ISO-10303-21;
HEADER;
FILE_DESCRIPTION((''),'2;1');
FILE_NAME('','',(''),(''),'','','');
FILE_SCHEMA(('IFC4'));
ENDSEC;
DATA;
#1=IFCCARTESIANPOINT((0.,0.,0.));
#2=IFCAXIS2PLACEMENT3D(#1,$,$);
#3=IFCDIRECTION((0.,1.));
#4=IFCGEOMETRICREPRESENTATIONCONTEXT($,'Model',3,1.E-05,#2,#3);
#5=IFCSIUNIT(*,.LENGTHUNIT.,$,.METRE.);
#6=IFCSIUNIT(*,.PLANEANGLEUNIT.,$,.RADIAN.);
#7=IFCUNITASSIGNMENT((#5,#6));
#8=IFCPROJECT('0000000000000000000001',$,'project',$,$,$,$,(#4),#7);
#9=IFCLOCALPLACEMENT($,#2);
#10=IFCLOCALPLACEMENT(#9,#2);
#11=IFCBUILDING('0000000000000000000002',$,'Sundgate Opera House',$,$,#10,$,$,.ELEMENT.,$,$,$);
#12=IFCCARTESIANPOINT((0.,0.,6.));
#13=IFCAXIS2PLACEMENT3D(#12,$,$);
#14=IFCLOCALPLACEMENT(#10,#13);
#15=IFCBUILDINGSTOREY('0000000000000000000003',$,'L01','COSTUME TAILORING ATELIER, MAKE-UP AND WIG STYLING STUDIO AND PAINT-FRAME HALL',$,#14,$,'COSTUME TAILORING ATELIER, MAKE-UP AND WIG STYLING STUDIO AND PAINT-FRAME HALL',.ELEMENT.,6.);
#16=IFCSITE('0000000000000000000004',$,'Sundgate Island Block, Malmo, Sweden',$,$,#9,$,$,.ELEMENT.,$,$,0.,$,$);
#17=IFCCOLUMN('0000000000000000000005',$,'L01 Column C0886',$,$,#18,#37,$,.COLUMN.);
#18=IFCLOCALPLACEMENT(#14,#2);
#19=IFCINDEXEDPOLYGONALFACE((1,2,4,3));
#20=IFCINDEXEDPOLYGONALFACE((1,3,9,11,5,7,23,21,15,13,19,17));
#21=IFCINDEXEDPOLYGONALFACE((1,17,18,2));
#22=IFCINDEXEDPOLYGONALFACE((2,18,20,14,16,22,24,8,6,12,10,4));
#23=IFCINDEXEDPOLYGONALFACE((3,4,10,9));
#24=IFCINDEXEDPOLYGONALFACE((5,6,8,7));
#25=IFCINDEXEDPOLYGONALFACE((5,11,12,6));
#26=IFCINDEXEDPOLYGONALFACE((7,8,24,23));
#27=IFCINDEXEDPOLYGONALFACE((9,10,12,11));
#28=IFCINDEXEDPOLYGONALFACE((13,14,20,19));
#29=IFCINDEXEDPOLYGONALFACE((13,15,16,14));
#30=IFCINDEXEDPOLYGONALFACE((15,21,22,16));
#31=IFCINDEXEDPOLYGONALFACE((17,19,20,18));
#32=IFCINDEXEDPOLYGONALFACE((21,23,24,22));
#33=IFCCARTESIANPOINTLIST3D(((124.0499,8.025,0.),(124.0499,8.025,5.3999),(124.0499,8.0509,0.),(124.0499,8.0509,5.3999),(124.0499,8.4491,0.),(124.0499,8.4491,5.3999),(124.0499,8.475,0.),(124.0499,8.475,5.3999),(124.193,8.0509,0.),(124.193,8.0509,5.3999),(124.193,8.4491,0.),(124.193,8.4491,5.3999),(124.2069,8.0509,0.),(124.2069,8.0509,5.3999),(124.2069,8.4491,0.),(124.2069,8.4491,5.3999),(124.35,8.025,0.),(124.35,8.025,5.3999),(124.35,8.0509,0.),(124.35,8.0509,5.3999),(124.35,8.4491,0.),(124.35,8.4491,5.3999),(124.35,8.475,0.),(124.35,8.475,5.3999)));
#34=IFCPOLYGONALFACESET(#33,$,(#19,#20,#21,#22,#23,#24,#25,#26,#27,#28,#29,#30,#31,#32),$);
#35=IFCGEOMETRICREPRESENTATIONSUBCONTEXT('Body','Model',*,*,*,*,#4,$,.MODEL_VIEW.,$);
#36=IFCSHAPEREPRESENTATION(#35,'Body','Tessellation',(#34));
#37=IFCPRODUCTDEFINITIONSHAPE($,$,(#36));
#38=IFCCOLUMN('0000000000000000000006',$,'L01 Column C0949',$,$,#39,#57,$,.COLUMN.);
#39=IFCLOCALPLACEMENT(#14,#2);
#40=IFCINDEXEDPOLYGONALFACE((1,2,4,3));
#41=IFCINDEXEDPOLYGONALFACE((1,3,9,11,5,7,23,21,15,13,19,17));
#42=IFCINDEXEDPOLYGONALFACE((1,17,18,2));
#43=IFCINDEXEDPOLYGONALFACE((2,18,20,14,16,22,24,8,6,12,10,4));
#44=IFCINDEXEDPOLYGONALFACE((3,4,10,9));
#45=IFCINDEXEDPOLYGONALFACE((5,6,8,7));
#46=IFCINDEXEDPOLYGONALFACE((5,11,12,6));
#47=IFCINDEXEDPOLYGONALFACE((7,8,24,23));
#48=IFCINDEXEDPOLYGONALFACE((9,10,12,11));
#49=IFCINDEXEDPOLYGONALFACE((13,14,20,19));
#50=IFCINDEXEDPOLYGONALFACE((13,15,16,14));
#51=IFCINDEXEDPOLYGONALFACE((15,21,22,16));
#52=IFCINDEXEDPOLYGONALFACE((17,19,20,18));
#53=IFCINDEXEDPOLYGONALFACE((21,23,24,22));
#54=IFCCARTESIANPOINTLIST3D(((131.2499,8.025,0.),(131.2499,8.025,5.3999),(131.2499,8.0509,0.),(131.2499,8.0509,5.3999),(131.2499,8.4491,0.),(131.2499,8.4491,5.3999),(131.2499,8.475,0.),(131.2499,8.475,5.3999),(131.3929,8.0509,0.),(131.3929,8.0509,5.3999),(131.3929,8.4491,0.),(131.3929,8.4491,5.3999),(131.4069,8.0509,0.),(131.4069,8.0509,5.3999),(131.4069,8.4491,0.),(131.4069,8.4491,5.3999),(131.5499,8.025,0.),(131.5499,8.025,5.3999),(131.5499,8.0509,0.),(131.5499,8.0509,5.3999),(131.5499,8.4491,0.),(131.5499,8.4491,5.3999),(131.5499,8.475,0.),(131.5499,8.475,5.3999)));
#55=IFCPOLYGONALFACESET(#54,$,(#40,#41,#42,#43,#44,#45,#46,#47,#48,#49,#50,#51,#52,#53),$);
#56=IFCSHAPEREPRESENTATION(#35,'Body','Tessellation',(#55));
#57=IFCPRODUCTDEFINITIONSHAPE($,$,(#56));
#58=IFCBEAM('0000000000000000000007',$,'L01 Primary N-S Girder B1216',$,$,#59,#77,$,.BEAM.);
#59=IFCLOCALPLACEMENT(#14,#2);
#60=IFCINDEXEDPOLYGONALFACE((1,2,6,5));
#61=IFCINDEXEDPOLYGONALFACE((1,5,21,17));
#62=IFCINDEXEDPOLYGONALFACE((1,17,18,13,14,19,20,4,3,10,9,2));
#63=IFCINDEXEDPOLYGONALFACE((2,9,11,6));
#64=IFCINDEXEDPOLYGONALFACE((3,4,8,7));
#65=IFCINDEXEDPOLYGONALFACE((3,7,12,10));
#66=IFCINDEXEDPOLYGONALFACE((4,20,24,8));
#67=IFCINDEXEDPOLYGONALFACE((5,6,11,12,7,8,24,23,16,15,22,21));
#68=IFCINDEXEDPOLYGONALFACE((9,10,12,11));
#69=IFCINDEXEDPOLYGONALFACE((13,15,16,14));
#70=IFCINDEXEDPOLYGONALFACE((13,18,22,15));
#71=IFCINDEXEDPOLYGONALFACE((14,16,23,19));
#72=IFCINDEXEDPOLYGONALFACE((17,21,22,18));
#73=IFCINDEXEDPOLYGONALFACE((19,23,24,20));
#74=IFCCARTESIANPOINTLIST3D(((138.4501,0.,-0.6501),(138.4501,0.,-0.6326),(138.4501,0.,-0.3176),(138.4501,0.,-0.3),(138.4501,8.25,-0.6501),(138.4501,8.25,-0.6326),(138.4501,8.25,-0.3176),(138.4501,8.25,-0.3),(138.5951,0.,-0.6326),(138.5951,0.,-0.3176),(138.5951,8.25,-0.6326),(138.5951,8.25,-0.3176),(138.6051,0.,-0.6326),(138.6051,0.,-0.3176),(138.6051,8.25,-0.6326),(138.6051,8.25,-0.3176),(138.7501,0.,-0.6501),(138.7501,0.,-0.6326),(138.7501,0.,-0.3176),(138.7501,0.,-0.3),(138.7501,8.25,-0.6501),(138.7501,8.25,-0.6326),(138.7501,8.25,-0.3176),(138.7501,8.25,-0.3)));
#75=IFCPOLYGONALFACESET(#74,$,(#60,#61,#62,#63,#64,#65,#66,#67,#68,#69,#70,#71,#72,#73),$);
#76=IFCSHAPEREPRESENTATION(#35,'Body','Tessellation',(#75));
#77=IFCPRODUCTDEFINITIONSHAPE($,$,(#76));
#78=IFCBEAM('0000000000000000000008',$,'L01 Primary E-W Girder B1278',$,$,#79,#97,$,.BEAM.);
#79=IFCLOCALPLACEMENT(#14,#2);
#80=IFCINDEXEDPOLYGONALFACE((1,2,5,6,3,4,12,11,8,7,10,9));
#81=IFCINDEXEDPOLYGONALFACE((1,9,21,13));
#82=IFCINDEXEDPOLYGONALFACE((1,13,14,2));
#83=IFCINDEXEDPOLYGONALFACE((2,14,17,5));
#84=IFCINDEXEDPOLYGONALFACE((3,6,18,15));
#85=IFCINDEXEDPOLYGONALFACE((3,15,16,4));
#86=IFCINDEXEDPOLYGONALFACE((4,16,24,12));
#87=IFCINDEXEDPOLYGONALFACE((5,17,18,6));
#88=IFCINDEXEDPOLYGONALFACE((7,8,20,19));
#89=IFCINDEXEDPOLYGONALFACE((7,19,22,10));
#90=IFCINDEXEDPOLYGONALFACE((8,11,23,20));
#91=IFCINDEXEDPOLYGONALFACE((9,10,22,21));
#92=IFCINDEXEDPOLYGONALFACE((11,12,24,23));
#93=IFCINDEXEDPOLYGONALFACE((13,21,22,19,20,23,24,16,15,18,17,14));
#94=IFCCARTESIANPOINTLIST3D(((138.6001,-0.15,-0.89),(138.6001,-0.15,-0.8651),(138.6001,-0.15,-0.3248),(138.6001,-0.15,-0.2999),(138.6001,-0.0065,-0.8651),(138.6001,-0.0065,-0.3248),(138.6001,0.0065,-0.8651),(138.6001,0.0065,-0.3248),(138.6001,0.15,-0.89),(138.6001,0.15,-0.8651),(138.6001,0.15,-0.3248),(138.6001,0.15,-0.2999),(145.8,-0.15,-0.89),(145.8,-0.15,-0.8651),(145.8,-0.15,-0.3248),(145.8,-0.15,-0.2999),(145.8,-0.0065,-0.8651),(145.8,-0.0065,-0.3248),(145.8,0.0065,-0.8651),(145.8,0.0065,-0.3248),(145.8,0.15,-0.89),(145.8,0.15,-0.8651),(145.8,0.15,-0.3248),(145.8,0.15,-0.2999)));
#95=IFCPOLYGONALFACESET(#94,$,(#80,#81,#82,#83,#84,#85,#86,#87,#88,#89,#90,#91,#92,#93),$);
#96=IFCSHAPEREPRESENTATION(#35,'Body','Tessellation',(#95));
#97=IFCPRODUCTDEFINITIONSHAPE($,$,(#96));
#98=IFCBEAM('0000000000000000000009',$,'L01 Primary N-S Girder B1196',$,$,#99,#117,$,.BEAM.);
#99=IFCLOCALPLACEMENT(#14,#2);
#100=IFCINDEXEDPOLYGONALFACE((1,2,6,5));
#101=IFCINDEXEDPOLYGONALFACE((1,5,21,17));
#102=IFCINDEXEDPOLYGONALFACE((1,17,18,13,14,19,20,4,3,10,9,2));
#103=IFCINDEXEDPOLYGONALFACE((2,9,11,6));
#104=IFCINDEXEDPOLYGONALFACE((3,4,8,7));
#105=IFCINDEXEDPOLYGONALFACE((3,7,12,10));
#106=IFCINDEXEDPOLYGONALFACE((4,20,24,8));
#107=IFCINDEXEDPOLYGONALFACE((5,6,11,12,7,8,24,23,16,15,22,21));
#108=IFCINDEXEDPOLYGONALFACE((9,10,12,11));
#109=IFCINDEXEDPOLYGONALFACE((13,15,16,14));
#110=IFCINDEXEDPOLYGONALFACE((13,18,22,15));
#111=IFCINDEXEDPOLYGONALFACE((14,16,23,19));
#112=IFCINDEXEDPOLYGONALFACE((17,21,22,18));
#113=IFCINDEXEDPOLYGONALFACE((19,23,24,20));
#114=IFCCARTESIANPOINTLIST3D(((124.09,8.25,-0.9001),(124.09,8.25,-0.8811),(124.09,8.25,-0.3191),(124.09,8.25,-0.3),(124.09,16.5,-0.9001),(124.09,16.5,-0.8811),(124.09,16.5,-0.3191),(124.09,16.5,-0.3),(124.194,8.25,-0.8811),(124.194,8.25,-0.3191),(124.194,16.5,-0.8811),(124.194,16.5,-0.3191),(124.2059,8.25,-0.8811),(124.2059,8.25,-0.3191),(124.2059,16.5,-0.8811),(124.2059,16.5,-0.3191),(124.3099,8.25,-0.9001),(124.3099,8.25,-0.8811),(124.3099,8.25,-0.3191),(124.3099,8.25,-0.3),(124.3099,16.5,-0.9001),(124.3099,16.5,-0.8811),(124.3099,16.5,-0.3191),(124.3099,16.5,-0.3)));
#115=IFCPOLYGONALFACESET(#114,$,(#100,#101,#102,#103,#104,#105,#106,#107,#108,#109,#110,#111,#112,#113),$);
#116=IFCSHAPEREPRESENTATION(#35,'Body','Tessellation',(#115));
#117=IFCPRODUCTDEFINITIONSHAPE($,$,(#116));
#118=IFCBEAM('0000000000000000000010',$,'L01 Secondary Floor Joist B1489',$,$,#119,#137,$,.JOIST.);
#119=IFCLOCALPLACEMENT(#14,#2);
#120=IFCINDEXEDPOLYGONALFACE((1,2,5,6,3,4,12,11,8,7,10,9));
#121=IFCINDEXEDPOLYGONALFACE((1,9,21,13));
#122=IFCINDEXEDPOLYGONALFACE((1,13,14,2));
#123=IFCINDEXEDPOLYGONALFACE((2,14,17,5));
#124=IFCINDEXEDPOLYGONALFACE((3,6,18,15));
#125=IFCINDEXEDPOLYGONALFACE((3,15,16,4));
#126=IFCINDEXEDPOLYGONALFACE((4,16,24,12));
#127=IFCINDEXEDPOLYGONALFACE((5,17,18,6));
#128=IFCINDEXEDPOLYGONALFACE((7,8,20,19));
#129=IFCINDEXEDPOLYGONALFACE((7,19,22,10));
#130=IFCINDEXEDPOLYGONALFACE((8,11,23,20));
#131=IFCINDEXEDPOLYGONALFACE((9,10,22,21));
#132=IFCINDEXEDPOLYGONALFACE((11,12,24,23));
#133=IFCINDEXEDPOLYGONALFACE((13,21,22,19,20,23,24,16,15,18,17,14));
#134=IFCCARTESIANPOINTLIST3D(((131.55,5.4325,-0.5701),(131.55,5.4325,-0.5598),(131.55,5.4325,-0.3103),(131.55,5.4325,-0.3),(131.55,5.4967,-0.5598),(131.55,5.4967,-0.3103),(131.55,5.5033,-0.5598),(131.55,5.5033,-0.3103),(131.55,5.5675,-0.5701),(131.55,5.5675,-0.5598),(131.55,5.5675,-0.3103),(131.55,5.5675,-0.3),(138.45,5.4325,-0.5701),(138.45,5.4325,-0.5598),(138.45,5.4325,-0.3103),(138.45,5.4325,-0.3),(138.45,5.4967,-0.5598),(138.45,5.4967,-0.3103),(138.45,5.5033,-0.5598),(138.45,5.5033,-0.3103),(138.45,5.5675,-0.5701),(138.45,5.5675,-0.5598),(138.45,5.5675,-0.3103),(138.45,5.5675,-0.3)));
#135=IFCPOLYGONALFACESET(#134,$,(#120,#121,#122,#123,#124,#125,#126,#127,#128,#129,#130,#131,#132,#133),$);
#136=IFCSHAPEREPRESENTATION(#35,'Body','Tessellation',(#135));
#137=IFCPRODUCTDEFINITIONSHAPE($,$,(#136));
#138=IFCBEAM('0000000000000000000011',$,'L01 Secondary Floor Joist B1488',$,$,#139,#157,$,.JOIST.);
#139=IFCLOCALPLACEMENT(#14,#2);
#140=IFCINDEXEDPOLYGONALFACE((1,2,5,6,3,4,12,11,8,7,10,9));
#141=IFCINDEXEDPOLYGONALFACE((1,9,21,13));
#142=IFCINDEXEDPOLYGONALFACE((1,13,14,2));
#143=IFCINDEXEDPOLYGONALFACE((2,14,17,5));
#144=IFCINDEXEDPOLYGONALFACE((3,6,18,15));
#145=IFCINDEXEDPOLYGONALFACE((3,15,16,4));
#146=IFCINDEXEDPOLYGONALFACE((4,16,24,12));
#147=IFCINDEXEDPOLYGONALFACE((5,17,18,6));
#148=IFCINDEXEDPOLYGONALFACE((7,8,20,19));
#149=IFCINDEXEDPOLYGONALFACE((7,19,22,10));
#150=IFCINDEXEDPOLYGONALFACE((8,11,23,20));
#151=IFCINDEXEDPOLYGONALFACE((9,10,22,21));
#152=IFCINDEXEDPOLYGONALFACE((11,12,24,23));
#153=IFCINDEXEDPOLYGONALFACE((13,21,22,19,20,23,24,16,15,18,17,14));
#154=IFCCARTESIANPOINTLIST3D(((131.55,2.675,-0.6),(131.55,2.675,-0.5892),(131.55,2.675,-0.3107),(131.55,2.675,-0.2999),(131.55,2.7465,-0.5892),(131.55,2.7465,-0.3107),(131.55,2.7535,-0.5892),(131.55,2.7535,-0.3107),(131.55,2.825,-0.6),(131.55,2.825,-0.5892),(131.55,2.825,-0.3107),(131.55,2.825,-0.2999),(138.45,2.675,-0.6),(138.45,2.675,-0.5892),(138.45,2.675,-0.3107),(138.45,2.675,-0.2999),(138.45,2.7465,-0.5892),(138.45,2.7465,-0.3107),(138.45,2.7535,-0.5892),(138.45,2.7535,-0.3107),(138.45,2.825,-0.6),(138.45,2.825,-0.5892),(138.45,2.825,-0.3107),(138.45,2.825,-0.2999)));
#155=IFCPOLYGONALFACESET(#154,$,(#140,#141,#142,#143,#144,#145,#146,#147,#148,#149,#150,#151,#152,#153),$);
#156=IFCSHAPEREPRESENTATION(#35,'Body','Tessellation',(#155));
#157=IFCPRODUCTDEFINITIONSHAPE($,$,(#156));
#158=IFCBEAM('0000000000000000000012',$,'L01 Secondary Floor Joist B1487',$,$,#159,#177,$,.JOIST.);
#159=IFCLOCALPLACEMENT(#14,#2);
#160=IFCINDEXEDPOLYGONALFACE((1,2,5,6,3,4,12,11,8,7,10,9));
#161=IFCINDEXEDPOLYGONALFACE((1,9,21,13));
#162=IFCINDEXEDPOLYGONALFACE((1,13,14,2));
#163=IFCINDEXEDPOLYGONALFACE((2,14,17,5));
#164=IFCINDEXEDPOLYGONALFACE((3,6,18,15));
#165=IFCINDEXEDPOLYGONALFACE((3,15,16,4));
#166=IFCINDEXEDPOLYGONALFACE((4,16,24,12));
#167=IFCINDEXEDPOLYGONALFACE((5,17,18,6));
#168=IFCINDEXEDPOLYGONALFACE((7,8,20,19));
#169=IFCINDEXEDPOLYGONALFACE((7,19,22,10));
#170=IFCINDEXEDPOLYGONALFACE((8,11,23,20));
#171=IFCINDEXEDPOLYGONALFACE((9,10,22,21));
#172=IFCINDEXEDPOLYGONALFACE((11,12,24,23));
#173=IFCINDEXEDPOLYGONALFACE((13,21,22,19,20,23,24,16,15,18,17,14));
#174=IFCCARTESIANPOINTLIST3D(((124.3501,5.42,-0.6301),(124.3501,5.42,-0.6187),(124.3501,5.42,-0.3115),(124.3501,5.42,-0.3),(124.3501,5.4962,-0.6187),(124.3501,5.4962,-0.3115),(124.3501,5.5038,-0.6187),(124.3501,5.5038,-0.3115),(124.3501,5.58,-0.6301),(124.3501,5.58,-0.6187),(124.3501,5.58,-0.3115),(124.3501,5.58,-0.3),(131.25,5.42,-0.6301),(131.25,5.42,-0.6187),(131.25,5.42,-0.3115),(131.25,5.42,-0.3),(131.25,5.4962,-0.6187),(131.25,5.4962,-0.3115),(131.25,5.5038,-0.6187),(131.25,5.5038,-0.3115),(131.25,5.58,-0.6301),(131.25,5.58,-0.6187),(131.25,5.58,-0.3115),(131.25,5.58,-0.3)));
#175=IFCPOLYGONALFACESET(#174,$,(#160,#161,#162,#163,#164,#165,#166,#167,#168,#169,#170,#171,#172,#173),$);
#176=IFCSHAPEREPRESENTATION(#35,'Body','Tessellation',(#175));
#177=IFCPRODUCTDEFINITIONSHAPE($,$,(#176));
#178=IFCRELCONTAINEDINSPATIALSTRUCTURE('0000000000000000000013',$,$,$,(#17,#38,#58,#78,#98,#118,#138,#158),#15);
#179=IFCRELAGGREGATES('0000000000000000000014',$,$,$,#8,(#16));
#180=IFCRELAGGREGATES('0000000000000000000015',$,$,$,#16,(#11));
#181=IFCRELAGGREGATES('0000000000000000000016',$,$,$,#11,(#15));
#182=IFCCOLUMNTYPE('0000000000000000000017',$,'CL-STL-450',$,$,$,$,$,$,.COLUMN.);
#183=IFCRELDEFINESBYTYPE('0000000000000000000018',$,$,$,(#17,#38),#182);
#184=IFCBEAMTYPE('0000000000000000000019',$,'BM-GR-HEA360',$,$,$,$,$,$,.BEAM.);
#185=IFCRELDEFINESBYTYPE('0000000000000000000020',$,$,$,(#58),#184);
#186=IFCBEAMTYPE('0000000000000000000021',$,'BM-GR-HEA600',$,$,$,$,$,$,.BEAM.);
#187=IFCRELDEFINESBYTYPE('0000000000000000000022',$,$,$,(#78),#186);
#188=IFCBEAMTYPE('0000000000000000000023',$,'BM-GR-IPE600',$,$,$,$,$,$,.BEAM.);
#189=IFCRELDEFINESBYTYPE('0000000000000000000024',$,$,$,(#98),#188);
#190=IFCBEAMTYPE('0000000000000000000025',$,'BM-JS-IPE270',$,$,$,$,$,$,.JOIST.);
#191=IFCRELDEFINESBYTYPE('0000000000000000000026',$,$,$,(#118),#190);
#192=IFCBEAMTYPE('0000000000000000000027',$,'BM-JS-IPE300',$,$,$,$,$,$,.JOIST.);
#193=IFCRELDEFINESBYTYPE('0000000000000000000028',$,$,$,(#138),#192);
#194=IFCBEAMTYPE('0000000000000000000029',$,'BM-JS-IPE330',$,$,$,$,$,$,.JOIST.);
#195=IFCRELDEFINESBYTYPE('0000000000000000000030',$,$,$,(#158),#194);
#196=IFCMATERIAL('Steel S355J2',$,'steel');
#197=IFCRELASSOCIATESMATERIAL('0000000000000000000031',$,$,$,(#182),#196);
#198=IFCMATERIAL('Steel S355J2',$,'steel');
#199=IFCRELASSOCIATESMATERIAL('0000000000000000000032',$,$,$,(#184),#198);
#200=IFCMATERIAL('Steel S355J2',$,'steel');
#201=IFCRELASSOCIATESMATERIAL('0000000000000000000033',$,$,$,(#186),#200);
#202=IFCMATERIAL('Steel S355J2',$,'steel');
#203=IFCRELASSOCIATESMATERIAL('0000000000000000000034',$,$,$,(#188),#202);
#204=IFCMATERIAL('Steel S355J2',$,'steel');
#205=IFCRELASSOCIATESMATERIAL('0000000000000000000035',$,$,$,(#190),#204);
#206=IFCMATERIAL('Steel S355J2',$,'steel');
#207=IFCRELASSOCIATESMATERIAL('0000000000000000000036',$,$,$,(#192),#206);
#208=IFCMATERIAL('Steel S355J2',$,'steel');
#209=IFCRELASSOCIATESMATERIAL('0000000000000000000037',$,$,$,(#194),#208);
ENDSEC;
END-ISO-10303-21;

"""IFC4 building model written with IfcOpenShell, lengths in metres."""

from ifc_helpers import new_model, si_unit, direction, frame, origin, origin_2d, place, context, subcontext, project, spatial, i_section, extrude, material, material_profile, profile_set, type_object, element, save


model = new_model("IFC4")

# Units and contexts
model_context = context("Model", 3, precision=1e-05, world=origin(), true_north=direction((0.0, 1.0)))
body_context = subcontext(model_context, "Body", "Model", "MODEL_VIEW")
ifc_project = project(units=[si_unit("LENGTHUNIT", "METRE"), si_unit("PLANEANGLEUNIT", "RADIAN")], contexts=[model_context])

# Site, building, storey
site_placement = place(None, origin())
site = spatial("IfcSite", under=ifc_project, at=site_placement, Name="Sundgate Island Block, Malmo, Sweden", CompositionType="ELEMENT", RefElevation=0.0)
building_placement = place(site_placement, origin())
building = spatial("IfcBuilding", under=site, at=building_placement, Name="Sundgate Opera House", CompositionType="ELEMENT")
storey_placement = place(building_placement, frame((0.0, 0.0, 6.0)))
storey = spatial("IfcBuildingStorey", under=building, at=storey_placement, Name="L01", Description="COSTUME TAILORING ATELIER, MAKE-UP AND WIG STYLING STUDIO AND PAINT-FRAME HALL", LongName="COSTUME TAILORING ATELIER, MAKE-UP AND WIG STYLING STUDIO AND PAINT-FRAME HALL", CompositionType="ELEMENT", Elevation=6.0)

# Columns
ifc_material_1 = material(Name="Steel S355J2", Category="steel")
ifc_material_profile_1 = material_profile(ifc_material_1, i_section(OverallWidth=0.3, OverallDepth=0.45, WebThickness=0.0139, FlangeThickness=0.0259, at=origin_2d()), Name="HEB 450")
ifc_profile_set_1 = profile_set([ifc_material_profile_1], Name="Steel S355J2")
column_type = type_object("IfcColumnType", Name="CL-STL-450", PredefinedType="COLUMN", material=ifc_profile_set_1)
for number, where, z_axis, x_axis, name in (
    (1, (124.2, 8.25, 0.0), (0.0, 0.0, 1.0), (1.0, 0.0, 0.0), "L01 Column C0886"),
    (2, (131.3999, 8.25, 0.0), (0.0, 0.0, 1.0), (1.0, 0.0, 0.0), "L01 Column C0949"),
):
    element("IfcColumn", number, at=place(storey_placement, frame(where, z_axis=z_axis, x_axis=x_axis)), inside=storey, type_object=column_type, Name=name, PredefinedType="COLUMN", context=body_context, shape_type="SweptSolid", body=[
        extrude(i_section(OverallWidth=0.3, OverallDepth=0.45, WebThickness=0.0139, FlangeThickness=0.0259, at=origin_2d()), origin(), (0.0, 0.0, 1.0), 5.3999),
    ])

# Beams
ifc_material_2 = material(Name="Steel S355J2", Category="steel")
ifc_material_profile_2 = material_profile(ifc_material_2, i_section(OverallWidth=0.3, OverallDepth=0.3501, WebThickness=0.01, FlangeThickness=0.0176, at=origin_2d()), Name="HEA 360")
ifc_profile_set_2 = profile_set([ifc_material_profile_2], Name="Steel S355J2")
beam_type_1 = type_object("IfcBeamType", Name="BM-GR-HEA360", PredefinedType="BEAM", material=ifc_profile_set_2)
beam_1_placement = place(storey_placement, frame((138.6001, 0.0, -0.4751), z_axis=(0.0, 1.0, 0.0), x_axis=(-1.0, 0.0, 0.0)))
element("IfcBeam", 3, at=beam_1_placement, inside=storey, type_object=beam_type_1, Name="L01 Primary N-S Girder B1216", PredefinedType="BEAM", context=body_context, shape_type="SweptSolid", body=[
    extrude(i_section(OverallWidth=0.3, OverallDepth=0.3501, WebThickness=0.01, FlangeThickness=0.0176, at=origin_2d()), origin(), (0.0, 0.0, 1.0), 8.25),
])
ifc_material_3 = material(Name="Steel S355J2", Category="steel")
ifc_material_profile_3 = material_profile(ifc_material_3, i_section(OverallWidth=0.3, OverallDepth=0.5901, WebThickness=0.0129, FlangeThickness=0.0249, at=origin_2d()), Name="HEA 600")
ifc_profile_set_3 = profile_set([ifc_material_profile_3], Name="Steel S355J2")
beam_type_2 = type_object("IfcBeamType", Name="BM-GR-HEA600", PredefinedType="BEAM", material=ifc_profile_set_3)
beam_2_placement = place(storey_placement, frame((138.6001, 0.0, -0.595), z_axis=(1.0, 0.0, 0.0), x_axis=(0.0, 1.0, 0.0)))
element("IfcBeam", 4, at=beam_2_placement, inside=storey, type_object=beam_type_2, Name="L01 Primary E-W Girder B1278", PredefinedType="BEAM", context=body_context, shape_type="SweptSolid", body=[
    extrude(i_section(OverallWidth=0.3, OverallDepth=0.5901, WebThickness=0.0129, FlangeThickness=0.0249, at=origin_2d()), origin(), (0.0, 0.0, 1.0), 7.2),
])
ifc_material_4 = material(Name="Steel S355J2", Category="steel")
ifc_material_profile_4 = material_profile(ifc_material_4, i_section(OverallWidth=0.22, OverallDepth=0.6001, WebThickness=0.012, FlangeThickness=0.019, at=origin_2d()), Name="IPE 600")
ifc_profile_set_4 = profile_set([ifc_material_profile_4], Name="Steel S355J2")
beam_type_3 = type_object("IfcBeamType", Name="BM-GR-IPE600", PredefinedType="BEAM", material=ifc_profile_set_4)
beam_3_placement = place(storey_placement, frame((124.2, 8.25, -0.6001), z_axis=(0.0, 1.0, 0.0), x_axis=(-1.0, 0.0, 0.0)))
element("IfcBeam", 5, at=beam_3_placement, inside=storey, type_object=beam_type_3, Name="L01 Primary N-S Girder B1196", PredefinedType="BEAM", context=body_context, shape_type="SweptSolid", body=[
    extrude(i_section(OverallWidth=0.22, OverallDepth=0.6001, WebThickness=0.012, FlangeThickness=0.019, at=origin_2d()), origin(), (0.0, 0.0, 1.0), 8.25),
])
ifc_material_5 = material(Name="Steel S355J2", Category="steel")
ifc_material_profile_5 = material_profile(ifc_material_5, i_section(OverallWidth=0.135, OverallDepth=0.27, WebThickness=0.0066, FlangeThickness=0.0103, at=origin_2d()), Name="IPE 270")
ifc_profile_set_5 = profile_set([ifc_material_profile_5], Name="Steel S355J2")
beam_type_4 = type_object("IfcBeamType", Name="BM-JS-IPE270", PredefinedType="JOIST", material=ifc_profile_set_5)
beam_4_placement = place(storey_placement, frame((131.55, 5.5, -0.4351), z_axis=(1.0, 0.0, 0.0), x_axis=(0.0, 1.0, 0.0)))
element("IfcBeam", 6, at=beam_4_placement, inside=storey, type_object=beam_type_4, Name="L01 Secondary Floor Joist B1489", PredefinedType="JOIST", context=body_context, shape_type="SweptSolid", body=[
    extrude(i_section(OverallWidth=0.135, OverallDepth=0.27, WebThickness=0.0066, FlangeThickness=0.0103, at=origin_2d()), origin(), (0.0, 0.0, 1.0), 6.8999),
])
ifc_material_6 = material(Name="Steel S355J2", Category="steel")
ifc_material_profile_6 = material_profile(ifc_material_6, i_section(OverallWidth=0.1499, OverallDepth=0.3, WebThickness=0.0071, FlangeThickness=0.0107, at=origin_2d()), Name="IPE 300")
ifc_profile_set_6 = profile_set([ifc_material_profile_6], Name="Steel S355J2")
beam_type_5 = type_object("IfcBeamType", Name="BM-JS-IPE300", PredefinedType="JOIST", material=ifc_profile_set_6)
beam_5_placement = place(storey_placement, frame((131.55, 2.75, -0.45), z_axis=(1.0, 0.0, 0.0), x_axis=(0.0, 1.0, 0.0)))
element("IfcBeam", 7, at=beam_5_placement, inside=storey, type_object=beam_type_5, Name="L01 Secondary Floor Joist B1488", PredefinedType="JOIST", context=body_context, shape_type="SweptSolid", body=[
    extrude(i_section(OverallWidth=0.1499, OverallDepth=0.3, WebThickness=0.0071, FlangeThickness=0.0107, at=origin_2d()), origin(), (0.0, 0.0, 1.0), 6.8999),
])
ifc_material_7 = material(Name="Steel S355J2", Category="steel")
ifc_material_profile_7 = material_profile(ifc_material_7, i_section(OverallWidth=0.1599, OverallDepth=0.3301, WebThickness=0.0076, FlangeThickness=0.0115, at=origin_2d()), Name="IPE 330")
ifc_profile_set_7 = profile_set([ifc_material_profile_7], Name="Steel S355J2")
beam_type_6 = type_object("IfcBeamType", Name="BM-JS-IPE330", PredefinedType="JOIST", material=ifc_profile_set_7)
beam_6_placement = place(storey_placement, frame((124.3501, 5.5, -0.4651), z_axis=(1.0, 0.0, 0.0), x_axis=(0.0, 1.0, 0.0)))
element("IfcBeam", 8, at=beam_6_placement, inside=storey, type_object=beam_type_6, Name="L01 Secondary Floor Joist B1487", PredefinedType="JOIST", context=body_context, shape_type="SweptSolid", body=[
    extrude(i_section(OverallWidth=0.1599, OverallDepth=0.3301, WebThickness=0.0076, FlangeThickness=0.0115, at=origin_2d()), origin(), (0.0, 0.0, 1.0), 6.8999),
])

save(model, "model.ifc")
